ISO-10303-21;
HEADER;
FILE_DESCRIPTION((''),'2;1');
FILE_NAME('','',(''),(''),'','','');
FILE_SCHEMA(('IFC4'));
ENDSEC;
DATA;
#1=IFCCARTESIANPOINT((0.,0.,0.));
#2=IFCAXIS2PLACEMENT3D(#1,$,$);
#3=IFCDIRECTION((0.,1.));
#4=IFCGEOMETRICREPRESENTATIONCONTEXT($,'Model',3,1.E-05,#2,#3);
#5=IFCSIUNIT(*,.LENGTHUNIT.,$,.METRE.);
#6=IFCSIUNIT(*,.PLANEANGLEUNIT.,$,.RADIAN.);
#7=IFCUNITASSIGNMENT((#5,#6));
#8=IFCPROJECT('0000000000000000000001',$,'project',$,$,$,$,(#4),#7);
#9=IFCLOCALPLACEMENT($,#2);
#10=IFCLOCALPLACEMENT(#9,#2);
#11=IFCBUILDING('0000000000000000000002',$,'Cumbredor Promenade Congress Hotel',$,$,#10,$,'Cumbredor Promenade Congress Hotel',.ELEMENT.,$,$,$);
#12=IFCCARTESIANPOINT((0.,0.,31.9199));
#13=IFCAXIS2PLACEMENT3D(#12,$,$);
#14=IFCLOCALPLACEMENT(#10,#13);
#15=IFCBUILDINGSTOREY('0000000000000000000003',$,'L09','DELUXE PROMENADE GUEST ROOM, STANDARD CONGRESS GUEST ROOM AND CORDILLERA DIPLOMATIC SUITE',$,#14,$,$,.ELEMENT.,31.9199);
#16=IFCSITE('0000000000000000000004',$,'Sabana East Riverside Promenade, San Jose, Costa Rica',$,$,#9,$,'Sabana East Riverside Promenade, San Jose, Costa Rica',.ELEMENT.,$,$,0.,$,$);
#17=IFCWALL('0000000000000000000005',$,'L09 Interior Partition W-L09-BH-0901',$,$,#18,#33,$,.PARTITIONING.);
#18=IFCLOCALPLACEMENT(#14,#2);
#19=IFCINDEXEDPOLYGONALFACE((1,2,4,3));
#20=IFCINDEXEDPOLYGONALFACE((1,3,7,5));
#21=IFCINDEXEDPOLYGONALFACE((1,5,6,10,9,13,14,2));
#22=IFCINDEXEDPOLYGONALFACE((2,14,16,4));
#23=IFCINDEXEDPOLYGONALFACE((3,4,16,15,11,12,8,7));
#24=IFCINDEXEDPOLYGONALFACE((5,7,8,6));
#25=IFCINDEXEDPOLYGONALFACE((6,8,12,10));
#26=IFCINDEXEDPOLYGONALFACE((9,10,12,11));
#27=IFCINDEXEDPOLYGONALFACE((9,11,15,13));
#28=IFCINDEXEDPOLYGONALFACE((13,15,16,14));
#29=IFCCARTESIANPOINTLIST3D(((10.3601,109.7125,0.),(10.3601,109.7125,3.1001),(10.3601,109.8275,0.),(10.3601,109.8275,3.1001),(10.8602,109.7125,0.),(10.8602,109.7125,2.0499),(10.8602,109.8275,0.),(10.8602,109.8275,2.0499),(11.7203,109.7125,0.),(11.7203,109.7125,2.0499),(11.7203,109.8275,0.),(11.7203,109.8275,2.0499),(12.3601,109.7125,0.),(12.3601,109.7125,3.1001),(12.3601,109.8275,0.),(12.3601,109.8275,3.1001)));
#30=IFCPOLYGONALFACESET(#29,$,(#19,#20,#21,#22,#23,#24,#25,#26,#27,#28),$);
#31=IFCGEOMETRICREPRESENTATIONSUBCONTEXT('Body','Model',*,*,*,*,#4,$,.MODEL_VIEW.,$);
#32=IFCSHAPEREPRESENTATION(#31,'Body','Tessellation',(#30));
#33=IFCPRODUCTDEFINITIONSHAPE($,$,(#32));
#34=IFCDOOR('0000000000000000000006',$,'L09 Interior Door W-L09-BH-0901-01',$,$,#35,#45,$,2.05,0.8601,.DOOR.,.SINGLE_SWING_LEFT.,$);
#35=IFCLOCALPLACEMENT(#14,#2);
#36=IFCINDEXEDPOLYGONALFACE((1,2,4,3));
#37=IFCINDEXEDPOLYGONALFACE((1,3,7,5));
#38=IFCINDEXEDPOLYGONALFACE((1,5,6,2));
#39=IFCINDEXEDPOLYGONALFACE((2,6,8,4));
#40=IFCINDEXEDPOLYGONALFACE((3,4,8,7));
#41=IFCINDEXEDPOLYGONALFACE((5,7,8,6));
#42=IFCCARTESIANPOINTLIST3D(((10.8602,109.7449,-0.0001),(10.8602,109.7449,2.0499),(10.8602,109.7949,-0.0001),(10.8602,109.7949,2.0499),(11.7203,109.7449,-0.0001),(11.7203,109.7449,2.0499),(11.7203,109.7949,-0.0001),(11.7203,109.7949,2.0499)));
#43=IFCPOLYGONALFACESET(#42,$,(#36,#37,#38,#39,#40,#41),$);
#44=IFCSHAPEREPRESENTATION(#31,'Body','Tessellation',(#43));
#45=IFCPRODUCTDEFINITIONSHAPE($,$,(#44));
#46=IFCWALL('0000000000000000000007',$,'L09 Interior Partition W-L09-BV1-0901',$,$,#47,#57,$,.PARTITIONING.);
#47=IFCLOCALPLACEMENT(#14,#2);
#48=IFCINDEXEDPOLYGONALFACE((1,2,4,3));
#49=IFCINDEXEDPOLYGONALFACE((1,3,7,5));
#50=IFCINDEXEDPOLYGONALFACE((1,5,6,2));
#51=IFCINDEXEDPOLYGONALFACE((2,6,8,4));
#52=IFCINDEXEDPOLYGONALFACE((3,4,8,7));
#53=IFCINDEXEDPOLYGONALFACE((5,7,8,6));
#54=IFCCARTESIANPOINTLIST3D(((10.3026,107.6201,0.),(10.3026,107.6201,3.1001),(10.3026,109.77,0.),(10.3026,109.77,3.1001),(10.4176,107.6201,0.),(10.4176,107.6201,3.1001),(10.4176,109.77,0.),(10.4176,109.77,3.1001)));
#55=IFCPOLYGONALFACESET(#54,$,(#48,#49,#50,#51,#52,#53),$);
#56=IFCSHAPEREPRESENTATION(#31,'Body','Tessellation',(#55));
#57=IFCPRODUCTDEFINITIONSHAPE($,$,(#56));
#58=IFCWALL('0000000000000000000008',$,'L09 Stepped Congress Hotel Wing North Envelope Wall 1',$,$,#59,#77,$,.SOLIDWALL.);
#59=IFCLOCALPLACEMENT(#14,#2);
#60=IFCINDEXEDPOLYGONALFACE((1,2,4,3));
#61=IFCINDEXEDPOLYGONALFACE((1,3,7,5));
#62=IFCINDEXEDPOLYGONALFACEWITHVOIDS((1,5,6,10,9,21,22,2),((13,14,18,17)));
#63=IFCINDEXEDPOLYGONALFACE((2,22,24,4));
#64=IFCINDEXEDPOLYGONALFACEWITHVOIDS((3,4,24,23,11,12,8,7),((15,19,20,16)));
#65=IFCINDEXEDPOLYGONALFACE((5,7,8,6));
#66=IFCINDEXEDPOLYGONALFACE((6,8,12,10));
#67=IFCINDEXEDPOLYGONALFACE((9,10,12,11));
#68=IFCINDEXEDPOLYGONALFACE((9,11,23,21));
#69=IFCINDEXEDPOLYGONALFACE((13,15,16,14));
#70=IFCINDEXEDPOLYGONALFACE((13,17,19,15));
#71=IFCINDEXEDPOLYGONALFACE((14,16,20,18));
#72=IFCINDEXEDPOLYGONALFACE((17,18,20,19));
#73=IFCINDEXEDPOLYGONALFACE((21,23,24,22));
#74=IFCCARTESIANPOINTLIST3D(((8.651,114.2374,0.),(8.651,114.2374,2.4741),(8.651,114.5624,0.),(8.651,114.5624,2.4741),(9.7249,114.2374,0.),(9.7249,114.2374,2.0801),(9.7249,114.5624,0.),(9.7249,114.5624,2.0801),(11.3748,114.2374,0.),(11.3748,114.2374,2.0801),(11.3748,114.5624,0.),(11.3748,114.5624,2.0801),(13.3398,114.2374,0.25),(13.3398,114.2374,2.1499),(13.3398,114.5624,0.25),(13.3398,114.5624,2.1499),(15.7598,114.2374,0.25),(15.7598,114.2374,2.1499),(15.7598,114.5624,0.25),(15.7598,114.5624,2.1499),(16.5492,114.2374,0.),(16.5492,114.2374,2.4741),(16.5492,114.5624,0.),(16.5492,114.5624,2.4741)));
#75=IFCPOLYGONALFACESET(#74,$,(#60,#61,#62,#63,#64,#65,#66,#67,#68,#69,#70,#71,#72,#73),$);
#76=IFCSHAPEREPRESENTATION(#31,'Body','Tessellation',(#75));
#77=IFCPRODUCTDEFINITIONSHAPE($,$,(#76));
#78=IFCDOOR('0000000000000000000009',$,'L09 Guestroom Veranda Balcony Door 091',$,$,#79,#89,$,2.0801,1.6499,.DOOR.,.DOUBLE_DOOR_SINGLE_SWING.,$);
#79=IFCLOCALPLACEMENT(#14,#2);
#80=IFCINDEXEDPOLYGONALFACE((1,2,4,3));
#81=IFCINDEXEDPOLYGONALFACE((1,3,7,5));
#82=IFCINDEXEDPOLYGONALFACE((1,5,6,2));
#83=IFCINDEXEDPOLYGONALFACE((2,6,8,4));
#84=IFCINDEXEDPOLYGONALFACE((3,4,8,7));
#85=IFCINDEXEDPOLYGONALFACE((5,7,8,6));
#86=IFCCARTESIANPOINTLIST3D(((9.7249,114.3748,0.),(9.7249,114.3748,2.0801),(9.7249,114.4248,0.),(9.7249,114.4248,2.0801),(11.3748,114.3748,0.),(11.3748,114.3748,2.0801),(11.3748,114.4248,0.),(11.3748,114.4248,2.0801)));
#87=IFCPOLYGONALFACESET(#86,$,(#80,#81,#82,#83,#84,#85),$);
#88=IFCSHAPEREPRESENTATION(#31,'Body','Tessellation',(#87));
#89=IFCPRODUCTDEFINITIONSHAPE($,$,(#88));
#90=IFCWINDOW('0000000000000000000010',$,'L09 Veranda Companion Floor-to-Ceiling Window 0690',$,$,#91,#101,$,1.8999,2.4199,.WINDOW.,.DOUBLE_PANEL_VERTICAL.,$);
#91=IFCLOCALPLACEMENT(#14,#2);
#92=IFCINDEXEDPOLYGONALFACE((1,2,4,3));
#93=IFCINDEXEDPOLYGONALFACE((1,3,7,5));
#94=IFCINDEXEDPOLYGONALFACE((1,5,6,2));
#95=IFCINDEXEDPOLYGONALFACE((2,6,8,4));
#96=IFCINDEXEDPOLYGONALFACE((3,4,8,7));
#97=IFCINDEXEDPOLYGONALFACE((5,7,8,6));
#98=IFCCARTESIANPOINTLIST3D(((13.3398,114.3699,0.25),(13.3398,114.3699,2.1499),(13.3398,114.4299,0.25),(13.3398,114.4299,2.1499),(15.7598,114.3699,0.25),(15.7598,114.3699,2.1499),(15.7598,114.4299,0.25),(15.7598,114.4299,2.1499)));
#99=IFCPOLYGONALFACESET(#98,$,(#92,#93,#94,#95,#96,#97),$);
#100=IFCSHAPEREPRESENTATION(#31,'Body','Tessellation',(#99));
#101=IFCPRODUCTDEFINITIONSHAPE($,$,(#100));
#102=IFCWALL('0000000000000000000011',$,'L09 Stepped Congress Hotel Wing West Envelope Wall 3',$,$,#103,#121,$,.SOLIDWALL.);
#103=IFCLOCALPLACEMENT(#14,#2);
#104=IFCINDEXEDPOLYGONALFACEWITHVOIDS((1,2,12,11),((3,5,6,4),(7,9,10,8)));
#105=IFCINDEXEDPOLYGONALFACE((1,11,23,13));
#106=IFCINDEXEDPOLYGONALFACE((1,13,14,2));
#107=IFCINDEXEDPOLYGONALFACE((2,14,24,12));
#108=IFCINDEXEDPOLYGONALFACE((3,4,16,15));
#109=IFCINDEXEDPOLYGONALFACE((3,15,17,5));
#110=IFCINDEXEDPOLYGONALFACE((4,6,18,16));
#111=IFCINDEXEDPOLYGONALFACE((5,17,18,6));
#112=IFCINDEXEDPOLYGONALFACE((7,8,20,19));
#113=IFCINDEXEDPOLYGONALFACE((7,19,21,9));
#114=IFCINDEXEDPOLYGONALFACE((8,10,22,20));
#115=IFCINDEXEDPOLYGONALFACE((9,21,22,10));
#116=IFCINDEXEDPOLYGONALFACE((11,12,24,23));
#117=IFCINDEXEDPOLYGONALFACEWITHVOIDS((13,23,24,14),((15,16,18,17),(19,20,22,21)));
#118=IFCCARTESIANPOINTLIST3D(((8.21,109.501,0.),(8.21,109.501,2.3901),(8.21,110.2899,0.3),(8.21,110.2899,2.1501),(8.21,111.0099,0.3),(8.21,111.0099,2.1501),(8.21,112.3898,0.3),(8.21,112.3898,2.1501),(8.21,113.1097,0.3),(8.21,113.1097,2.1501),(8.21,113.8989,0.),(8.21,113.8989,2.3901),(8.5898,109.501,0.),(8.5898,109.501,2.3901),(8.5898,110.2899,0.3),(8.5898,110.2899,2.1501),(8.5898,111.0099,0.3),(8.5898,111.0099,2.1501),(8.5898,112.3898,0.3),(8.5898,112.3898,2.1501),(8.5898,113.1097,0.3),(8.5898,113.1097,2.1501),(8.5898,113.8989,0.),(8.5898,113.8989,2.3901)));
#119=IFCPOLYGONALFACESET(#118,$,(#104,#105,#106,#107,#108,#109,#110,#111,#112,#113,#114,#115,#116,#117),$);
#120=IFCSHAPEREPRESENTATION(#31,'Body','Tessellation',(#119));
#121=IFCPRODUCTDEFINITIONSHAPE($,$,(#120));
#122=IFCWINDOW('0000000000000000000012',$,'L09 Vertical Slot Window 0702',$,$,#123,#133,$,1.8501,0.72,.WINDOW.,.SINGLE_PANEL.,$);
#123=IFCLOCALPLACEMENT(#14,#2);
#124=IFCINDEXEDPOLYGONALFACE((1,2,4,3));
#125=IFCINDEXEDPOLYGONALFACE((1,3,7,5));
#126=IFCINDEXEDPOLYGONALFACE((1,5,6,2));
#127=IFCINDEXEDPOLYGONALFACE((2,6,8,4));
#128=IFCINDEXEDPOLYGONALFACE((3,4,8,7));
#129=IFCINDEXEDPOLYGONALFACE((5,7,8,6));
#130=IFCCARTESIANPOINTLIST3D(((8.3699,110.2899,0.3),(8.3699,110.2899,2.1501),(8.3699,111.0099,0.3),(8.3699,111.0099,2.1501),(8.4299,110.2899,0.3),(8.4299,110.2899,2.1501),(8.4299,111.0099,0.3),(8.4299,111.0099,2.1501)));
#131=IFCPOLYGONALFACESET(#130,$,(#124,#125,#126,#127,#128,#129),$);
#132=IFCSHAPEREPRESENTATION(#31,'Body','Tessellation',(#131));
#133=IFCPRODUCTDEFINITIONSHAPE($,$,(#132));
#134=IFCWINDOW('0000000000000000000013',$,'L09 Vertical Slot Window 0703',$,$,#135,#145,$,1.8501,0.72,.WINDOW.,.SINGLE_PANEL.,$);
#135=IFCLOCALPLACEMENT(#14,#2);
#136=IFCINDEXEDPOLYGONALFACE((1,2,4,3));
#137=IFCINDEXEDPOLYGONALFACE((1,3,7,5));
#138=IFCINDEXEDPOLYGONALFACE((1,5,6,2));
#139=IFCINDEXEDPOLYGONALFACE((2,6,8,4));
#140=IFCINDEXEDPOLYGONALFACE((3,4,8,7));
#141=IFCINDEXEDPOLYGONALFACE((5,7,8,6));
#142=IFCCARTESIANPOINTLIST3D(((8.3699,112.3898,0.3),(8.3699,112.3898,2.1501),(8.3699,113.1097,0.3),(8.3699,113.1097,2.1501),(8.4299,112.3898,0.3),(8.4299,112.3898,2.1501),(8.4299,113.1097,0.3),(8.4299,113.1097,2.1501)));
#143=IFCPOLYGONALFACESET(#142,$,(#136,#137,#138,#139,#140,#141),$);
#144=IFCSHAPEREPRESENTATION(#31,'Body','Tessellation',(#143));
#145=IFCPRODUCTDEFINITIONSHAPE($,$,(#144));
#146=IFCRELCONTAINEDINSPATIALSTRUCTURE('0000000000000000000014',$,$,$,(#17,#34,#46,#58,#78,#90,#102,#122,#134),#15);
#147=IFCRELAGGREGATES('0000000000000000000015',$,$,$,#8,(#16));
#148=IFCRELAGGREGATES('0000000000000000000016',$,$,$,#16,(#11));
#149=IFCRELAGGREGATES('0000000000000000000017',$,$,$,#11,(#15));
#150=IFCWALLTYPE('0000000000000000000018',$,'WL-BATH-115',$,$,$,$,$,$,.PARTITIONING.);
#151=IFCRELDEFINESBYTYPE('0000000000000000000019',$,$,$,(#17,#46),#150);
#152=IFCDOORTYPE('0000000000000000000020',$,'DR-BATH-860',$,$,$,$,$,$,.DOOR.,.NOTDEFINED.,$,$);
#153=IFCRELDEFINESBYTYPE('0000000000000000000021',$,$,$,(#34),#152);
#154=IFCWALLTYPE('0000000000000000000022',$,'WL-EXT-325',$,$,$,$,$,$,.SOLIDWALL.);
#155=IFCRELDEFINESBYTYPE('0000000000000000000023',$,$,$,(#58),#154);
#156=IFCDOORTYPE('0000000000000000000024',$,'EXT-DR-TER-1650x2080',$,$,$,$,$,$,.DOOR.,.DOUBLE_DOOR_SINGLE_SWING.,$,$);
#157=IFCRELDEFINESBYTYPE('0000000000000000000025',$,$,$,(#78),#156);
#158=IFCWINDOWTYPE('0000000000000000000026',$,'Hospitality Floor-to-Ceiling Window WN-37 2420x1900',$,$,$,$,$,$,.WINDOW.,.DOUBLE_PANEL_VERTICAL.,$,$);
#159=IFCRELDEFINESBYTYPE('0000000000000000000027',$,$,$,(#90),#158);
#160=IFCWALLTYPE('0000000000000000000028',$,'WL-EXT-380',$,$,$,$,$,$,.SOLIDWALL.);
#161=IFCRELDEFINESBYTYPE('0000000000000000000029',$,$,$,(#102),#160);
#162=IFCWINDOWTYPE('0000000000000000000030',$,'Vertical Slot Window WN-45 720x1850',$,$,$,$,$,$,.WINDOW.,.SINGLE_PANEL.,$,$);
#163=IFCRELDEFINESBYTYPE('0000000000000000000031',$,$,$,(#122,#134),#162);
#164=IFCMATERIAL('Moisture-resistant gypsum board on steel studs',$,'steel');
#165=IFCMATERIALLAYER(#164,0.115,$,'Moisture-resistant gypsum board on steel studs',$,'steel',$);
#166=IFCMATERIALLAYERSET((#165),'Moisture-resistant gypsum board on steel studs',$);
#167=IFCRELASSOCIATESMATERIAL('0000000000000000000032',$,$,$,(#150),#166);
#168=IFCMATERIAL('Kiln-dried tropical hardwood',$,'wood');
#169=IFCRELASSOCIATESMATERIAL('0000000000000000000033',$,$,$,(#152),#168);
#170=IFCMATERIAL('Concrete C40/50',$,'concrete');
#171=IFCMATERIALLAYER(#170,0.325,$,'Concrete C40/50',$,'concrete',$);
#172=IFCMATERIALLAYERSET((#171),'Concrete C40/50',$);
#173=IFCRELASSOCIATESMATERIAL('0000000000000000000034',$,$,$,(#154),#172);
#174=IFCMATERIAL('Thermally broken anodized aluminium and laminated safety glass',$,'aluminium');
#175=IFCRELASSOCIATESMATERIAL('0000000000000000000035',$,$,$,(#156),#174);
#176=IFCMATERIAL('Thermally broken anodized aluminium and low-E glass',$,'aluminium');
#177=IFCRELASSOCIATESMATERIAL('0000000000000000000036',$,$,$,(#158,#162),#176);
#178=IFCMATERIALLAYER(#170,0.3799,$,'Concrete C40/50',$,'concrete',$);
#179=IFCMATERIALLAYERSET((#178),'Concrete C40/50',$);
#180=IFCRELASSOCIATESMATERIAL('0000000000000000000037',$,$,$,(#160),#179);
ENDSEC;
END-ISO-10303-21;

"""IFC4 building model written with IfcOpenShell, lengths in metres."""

from ifc_helpers import new_model, si_unit, direction, frame, frame_2d, origin, place, context, subcontext, project, spatial, rectangle, extrude, material, layer, layer_set, type_object, element, fill, save


model = new_model("IFC4")

# Units and contexts
model_context = context("Model", 3, precision=1e-05, world=origin(), true_north=direction((0.0, 1.0)))
body_context = subcontext(model_context, "Body", "Model", "MODEL_VIEW")
ifc_project = project(units=[si_unit("LENGTHUNIT", "METRE"), si_unit("PLANEANGLEUNIT", "RADIAN")], contexts=[model_context])

# Site, building, storey
site_placement = place(None, origin())
site = spatial("IfcSite", under=ifc_project, at=site_placement, Name="Sabana East Riverside Promenade, San Jose, Costa Rica", LongName="Sabana East Riverside Promenade, San Jose, Costa Rica", CompositionType="ELEMENT", RefElevation=0.0)
building_placement = place(site_placement, origin())
building = spatial("IfcBuilding", under=site, at=building_placement, Name="Cumbredor Promenade Congress Hotel", LongName="Cumbredor Promenade Congress Hotel", CompositionType="ELEMENT")
storey_placement = place(building_placement, frame((0.0, 0.0, 31.9199)))
storey = spatial("IfcBuildingStorey", under=building, at=storey_placement, Name="L09", Description="DELUXE PROMENADE GUEST ROOM, STANDARD CONGRESS GUEST ROOM AND CORDILLERA DIPLOMATIC SUITE", CompositionType="ELEMENT", Elevation=31.9199)

# Shared definitions
ifc_material_1 = material(Name="Concrete C40/50", Category="concrete")

# Shared definitions
ifc_material_2 = material(Name="Thermally broken anodized aluminium and low-E glass", Category="aluminium")

# Shared definitions
ifc_material_3 = material(Name="Kiln-dried tropical hardwood", Category="wood")

# Wall, opening, door
ifc_material_4 = material(Name="Moisture-resistant gypsum board on steel studs", Category="steel")
ifc_layer_1 = layer(ifc_material_4, 0.115, Name="Moisture-resistant gypsum board on steel studs", Category="steel")
ifc_layer_set_1 = layer_set([ifc_layer_1], Name="Moisture-resistant gypsum board on steel studs")
wall_type_1 = type_object("IfcWallType", Name="WL-BATH-115", PredefinedType="PARTITIONING", material=ifc_layer_set_1)
wall_1_placement = place(storey_placement, frame((10.3601, 109.77, 0.0), z_axis=(0.0, 0.0, 1.0), x_axis=(1.0, 0.0, 0.0)))
wall_1 = element("IfcWall", 1, at=wall_1_placement, inside=storey, type_object=wall_type_1, Name="L09 Interior Partition W-L09-BH-0901", PredefinedType="PARTITIONING", context=body_context, shape_type="SweptSolid", body=[
    extrude(rectangle(XDim=2.0, YDim=0.115, at=frame_2d((1.0, 0.0))), origin(), (0.0, 0.0, 1.0), 3.1001),
])
opening_1_placement = place(wall_1_placement, frame((0.5, 0.0, 0.0)))
opening_1 = element("IfcOpeningElement", 2, at=opening_1_placement, cuts=wall_1, PredefinedType="OPENING", context=body_context, shape_type="SweptSolid", body=[
    extrude(rectangle(XDim=0.8601, YDim=2.05, at=frame_2d((0.4302, 1.0249))), frame((0.0, 0.0674, 0.0), z_axis=(0.0, -1.0, 0.0), x_axis=(1.0, 0.0, 0.0)), (0.0, 0.0, 1.0), 0.135),
])
door_type_1 = type_object("IfcDoorType", Name="DR-BATH-860", OperationType="NOTDEFINED", PredefinedType="DOOR", material=ifc_material_3)
door_1_placement = place(opening_1_placement, origin())
door_1 = element("IfcDoor", 3, at=door_1_placement, inside=storey, type_object=door_type_1, Name="L09 Interior Door W-L09-BH-0901-01", OperationType="SINGLE_SWING_LEFT", OverallHeight=2.05, OverallWidth=0.8601, PredefinedType="DOOR", context=body_context, shape_type="SweptSolid", body=[
    extrude(rectangle(XDim=0.8601, YDim=2.05, at=frame_2d((0.4302, 1.0249))), frame((0.0, 0.0249, 0.0), z_axis=(0.0, -1.0, 0.0), x_axis=(1.0, 0.0, 0.0)), (0.0, 0.0, 1.0), 0.05),
])
fill(opening_1, door_1)

# Wall
wall_2_placement = place(storey_placement, frame((10.3601, 107.6201, 0.0), z_axis=(0.0, 0.0, 1.0), x_axis=(0.0, 1.0, 0.0)))
element("IfcWall", 4, at=wall_2_placement, inside=storey, type_object=wall_type_1, Name="L09 Interior Partition W-L09-BV1-0901", PredefinedType="PARTITIONING", context=body_context, shape_type="SweptSolid", body=[
    extrude(rectangle(XDim=2.1499, YDim=0.115, at=frame_2d((1.075, 0.0))), origin(), (0.0, 0.0, 1.0), 3.1001),
])

# Wall, openings, door, window
ifc_layer_2 = layer(ifc_material_1, 0.325, Name="Concrete C40/50", Category="concrete")
ifc_layer_set_2 = layer_set([ifc_layer_2], Name="Concrete C40/50")
wall_type_2 = type_object("IfcWallType", Name="WL-EXT-325", PredefinedType="SOLIDWALL", material=ifc_layer_set_2)
wall_3_placement = place(storey_placement, frame((8.6509, 114.3999, 0.0), z_axis=(0.0, 0.0, 1.0), x_axis=(1.0, 0.0, 0.0)))
wall_3 = element("IfcWall", 5, at=wall_3_placement, inside=storey, type_object=wall_type_2, Name="L09 Stepped Congress Hotel Wing North Envelope Wall 1", PredefinedType="SOLIDWALL", context=body_context, shape_type="SweptSolid", body=[
    extrude(rectangle(XDim=7.8982, YDim=0.325, at=frame_2d((3.9492, 0.0))), origin(), (0.0, 0.0, 1.0), 2.4741),
])
opening_2_placement = place(wall_3_placement, frame((1.074, 0.0, 0.0)))
opening_2 = element("IfcOpeningElement", 6, at=opening_2_placement, cuts=wall_3, PredefinedType="OPENING", context=body_context, shape_type="SweptSolid", body=[
    extrude(rectangle(XDim=1.6499, YDim=2.0801, at=frame_2d((0.825, 1.04))), frame((0.0, 0.1724, 0.0), z_axis=(0.0, -1.0, 0.0), x_axis=(1.0, 0.0, 0.0)), (0.0, 0.0, 1.0), 0.345),
])
opening_3_placement = place(wall_3_placement, frame((4.689, 0.0, 0.25)))
opening_3 = element("IfcOpeningElement", 7, at=opening_3_placement, cuts=wall_3, PredefinedType="OPENING", context=body_context, shape_type="SweptSolid", body=[
    extrude(rectangle(XDim=2.4199, YDim=1.8999, at=frame_2d((1.21, 0.95))), frame((0.0, 0.1724, 0.0), z_axis=(0.0, -1.0, 0.0), x_axis=(1.0, 0.0, 0.0)), (0.0, 0.0, 1.0), 0.345),
])
ifc_material_5 = material(Name="Thermally broken anodized aluminium and laminated safety glass", Category="aluminium")
door_type_2 = type_object("IfcDoorType", Name="EXT-DR-TER-1650x2080", OperationType="DOUBLE_DOOR_SINGLE_SWING", PredefinedType="DOOR", material=ifc_material_5)
door_2_placement = place(opening_2_placement, origin())
door_2 = element("IfcDoor", 8, at=door_2_placement, inside=storey, type_object=door_type_2, Name="L09 Guestroom Veranda Balcony Door 091", OperationType="DOUBLE_DOOR_SINGLE_SWING", OverallHeight=2.0801, OverallWidth=1.6499, PredefinedType="DOOR", context=body_context, shape_type="SweptSolid", body=[
    extrude(rectangle(XDim=1.6499, YDim=2.0801, at=frame_2d((0.825, 1.04))), frame((0.0, 0.0249, 0.0), z_axis=(0.0, -1.0, 0.0), x_axis=(1.0, 0.0, 0.0)), (0.0, 0.0, 1.0), 0.05),
])
fill(opening_2, door_2)
window_type_1 = type_object("IfcWindowType", Name="Hospitality Floor-to-Ceiling Window WN-37 2420x1900", PartitioningType="DOUBLE_PANEL_VERTICAL", PredefinedType="WINDOW", material=ifc_material_2)
window_1_placement = place(opening_3_placement, origin())
window_1 = element("IfcWindow", 9, at=window_1_placement, inside=storey, type_object=window_type_1, Name="L09 Veranda Companion Floor-to-Ceiling Window 0690", OverallHeight=1.8999, OverallWidth=2.4199, PartitioningType="DOUBLE_PANEL_VERTICAL", PredefinedType="WINDOW", context=body_context, shape_type="SweptSolid", body=[
    extrude(rectangle(XDim=2.4199, YDim=1.8999, at=frame_2d((1.21, 0.95))), frame((0.0, 0.03, 0.0), z_axis=(0.0, -1.0, 0.0), x_axis=(1.0, 0.0, 0.0)), (0.0, 0.0, 1.0), 0.0601),
])
fill(opening_3, window_1)

# Wall, openings, windows
ifc_layer_3 = layer(ifc_material_1, 0.3799, Name="Concrete C40/50", Category="concrete")
ifc_layer_set_3 = layer_set([ifc_layer_3], Name="Concrete C40/50")
wall_type_3 = type_object("IfcWallType", Name="WL-EXT-380", PredefinedType="SOLIDWALL", material=ifc_layer_set_3)
wall_4_placement = place(storey_placement, frame((8.3999, 109.501, 0.0), z_axis=(0.0, 0.0, 1.0), x_axis=(0.0, 1.0, 0.0)))
wall_4 = element("IfcWall", 10, at=wall_4_placement, inside=storey, type_object=wall_type_3, Name="L09 Stepped Congress Hotel Wing West Envelope Wall 3", PredefinedType="SOLIDWALL", context=body_context, shape_type="SweptSolid", body=[
    extrude(rectangle(XDim=4.3979, YDim=0.3799, at=frame_2d((2.199, 0.0))), origin(), (0.0, 0.0, 1.0), 2.3901),
])
opening_4_placement = place(wall_4_placement, frame((0.7891, 0.0, 0.3)))
opening_4 = element("IfcOpeningElement", 11, at=opening_4_placement, cuts=wall_4, PredefinedType="OPENING", context=body_context, shape_type="SweptSolid", body=[
    extrude(rectangle(XDim=0.72, YDim=1.8501, at=frame_2d((0.3599, 0.925))), frame((0.0, 0.2, 0.0), z_axis=(0.0, -1.0, 0.0), x_axis=(1.0, 0.0, 0.0)), (0.0, 0.0, 1.0), 0.3999),
])
opening_5_placement = place(wall_4_placement, frame((2.8889, 0.0, 0.3)))
opening_5 = element("IfcOpeningElement", 12, at=opening_5_placement, cuts=wall_4, PredefinedType="OPENING", context=body_context, shape_type="SweptSolid", body=[
    extrude(rectangle(XDim=0.72, YDim=1.8501, at=frame_2d((0.3599, 0.925))), frame((0.0, 0.2, 0.0), z_axis=(0.0, -1.0, 0.0), x_axis=(1.0, 0.0, 0.0)), (0.0, 0.0, 1.0), 0.3999),
])
window_type_2 = type_object("IfcWindowType", Name="Vertical Slot Window WN-45 720x1850", PartitioningType="SINGLE_PANEL", PredefinedType="WINDOW", material=ifc_material_2)
window_2_placement = place(opening_4_placement, origin())
window_2 = element("IfcWindow", 13, at=window_2_placement, inside=storey, type_object=window_type_2, Name="L09 Vertical Slot Window 0702", OverallHeight=1.8501, OverallWidth=0.72, PartitioningType="SINGLE_PANEL", PredefinedType="WINDOW", context=body_context, shape_type="SweptSolid", body=[
    extrude(rectangle(XDim=0.72, YDim=1.8501, at=frame_2d((0.3599, 0.925))), frame((0.0, 0.03, 0.0), z_axis=(0.0, -1.0, 0.0), x_axis=(1.0, 0.0, 0.0)), (0.0, 0.0, 1.0), 0.0601),
])
fill(opening_4, window_2)
window_3_placement = place(opening_5_placement, origin())
window_3 = element("IfcWindow", 14, at=window_3_placement, inside=storey, type_object=window_type_2, Name="L09 Vertical Slot Window 0703", OverallHeight=1.8501, OverallWidth=0.72, PartitioningType="SINGLE_PANEL", PredefinedType="WINDOW", context=body_context, shape_type="SweptSolid", body=[
    extrude(rectangle(XDim=0.72, YDim=1.8501, at=frame_2d((0.3599, 0.925))), frame((0.0, 0.03, 0.0), z_axis=(0.0, -1.0, 0.0), x_axis=(1.0, 0.0, 0.0)), (0.0, 0.0, 1.0), 0.0601),
])
fill(opening_5, window_3)

save(model, "model.ifc")
